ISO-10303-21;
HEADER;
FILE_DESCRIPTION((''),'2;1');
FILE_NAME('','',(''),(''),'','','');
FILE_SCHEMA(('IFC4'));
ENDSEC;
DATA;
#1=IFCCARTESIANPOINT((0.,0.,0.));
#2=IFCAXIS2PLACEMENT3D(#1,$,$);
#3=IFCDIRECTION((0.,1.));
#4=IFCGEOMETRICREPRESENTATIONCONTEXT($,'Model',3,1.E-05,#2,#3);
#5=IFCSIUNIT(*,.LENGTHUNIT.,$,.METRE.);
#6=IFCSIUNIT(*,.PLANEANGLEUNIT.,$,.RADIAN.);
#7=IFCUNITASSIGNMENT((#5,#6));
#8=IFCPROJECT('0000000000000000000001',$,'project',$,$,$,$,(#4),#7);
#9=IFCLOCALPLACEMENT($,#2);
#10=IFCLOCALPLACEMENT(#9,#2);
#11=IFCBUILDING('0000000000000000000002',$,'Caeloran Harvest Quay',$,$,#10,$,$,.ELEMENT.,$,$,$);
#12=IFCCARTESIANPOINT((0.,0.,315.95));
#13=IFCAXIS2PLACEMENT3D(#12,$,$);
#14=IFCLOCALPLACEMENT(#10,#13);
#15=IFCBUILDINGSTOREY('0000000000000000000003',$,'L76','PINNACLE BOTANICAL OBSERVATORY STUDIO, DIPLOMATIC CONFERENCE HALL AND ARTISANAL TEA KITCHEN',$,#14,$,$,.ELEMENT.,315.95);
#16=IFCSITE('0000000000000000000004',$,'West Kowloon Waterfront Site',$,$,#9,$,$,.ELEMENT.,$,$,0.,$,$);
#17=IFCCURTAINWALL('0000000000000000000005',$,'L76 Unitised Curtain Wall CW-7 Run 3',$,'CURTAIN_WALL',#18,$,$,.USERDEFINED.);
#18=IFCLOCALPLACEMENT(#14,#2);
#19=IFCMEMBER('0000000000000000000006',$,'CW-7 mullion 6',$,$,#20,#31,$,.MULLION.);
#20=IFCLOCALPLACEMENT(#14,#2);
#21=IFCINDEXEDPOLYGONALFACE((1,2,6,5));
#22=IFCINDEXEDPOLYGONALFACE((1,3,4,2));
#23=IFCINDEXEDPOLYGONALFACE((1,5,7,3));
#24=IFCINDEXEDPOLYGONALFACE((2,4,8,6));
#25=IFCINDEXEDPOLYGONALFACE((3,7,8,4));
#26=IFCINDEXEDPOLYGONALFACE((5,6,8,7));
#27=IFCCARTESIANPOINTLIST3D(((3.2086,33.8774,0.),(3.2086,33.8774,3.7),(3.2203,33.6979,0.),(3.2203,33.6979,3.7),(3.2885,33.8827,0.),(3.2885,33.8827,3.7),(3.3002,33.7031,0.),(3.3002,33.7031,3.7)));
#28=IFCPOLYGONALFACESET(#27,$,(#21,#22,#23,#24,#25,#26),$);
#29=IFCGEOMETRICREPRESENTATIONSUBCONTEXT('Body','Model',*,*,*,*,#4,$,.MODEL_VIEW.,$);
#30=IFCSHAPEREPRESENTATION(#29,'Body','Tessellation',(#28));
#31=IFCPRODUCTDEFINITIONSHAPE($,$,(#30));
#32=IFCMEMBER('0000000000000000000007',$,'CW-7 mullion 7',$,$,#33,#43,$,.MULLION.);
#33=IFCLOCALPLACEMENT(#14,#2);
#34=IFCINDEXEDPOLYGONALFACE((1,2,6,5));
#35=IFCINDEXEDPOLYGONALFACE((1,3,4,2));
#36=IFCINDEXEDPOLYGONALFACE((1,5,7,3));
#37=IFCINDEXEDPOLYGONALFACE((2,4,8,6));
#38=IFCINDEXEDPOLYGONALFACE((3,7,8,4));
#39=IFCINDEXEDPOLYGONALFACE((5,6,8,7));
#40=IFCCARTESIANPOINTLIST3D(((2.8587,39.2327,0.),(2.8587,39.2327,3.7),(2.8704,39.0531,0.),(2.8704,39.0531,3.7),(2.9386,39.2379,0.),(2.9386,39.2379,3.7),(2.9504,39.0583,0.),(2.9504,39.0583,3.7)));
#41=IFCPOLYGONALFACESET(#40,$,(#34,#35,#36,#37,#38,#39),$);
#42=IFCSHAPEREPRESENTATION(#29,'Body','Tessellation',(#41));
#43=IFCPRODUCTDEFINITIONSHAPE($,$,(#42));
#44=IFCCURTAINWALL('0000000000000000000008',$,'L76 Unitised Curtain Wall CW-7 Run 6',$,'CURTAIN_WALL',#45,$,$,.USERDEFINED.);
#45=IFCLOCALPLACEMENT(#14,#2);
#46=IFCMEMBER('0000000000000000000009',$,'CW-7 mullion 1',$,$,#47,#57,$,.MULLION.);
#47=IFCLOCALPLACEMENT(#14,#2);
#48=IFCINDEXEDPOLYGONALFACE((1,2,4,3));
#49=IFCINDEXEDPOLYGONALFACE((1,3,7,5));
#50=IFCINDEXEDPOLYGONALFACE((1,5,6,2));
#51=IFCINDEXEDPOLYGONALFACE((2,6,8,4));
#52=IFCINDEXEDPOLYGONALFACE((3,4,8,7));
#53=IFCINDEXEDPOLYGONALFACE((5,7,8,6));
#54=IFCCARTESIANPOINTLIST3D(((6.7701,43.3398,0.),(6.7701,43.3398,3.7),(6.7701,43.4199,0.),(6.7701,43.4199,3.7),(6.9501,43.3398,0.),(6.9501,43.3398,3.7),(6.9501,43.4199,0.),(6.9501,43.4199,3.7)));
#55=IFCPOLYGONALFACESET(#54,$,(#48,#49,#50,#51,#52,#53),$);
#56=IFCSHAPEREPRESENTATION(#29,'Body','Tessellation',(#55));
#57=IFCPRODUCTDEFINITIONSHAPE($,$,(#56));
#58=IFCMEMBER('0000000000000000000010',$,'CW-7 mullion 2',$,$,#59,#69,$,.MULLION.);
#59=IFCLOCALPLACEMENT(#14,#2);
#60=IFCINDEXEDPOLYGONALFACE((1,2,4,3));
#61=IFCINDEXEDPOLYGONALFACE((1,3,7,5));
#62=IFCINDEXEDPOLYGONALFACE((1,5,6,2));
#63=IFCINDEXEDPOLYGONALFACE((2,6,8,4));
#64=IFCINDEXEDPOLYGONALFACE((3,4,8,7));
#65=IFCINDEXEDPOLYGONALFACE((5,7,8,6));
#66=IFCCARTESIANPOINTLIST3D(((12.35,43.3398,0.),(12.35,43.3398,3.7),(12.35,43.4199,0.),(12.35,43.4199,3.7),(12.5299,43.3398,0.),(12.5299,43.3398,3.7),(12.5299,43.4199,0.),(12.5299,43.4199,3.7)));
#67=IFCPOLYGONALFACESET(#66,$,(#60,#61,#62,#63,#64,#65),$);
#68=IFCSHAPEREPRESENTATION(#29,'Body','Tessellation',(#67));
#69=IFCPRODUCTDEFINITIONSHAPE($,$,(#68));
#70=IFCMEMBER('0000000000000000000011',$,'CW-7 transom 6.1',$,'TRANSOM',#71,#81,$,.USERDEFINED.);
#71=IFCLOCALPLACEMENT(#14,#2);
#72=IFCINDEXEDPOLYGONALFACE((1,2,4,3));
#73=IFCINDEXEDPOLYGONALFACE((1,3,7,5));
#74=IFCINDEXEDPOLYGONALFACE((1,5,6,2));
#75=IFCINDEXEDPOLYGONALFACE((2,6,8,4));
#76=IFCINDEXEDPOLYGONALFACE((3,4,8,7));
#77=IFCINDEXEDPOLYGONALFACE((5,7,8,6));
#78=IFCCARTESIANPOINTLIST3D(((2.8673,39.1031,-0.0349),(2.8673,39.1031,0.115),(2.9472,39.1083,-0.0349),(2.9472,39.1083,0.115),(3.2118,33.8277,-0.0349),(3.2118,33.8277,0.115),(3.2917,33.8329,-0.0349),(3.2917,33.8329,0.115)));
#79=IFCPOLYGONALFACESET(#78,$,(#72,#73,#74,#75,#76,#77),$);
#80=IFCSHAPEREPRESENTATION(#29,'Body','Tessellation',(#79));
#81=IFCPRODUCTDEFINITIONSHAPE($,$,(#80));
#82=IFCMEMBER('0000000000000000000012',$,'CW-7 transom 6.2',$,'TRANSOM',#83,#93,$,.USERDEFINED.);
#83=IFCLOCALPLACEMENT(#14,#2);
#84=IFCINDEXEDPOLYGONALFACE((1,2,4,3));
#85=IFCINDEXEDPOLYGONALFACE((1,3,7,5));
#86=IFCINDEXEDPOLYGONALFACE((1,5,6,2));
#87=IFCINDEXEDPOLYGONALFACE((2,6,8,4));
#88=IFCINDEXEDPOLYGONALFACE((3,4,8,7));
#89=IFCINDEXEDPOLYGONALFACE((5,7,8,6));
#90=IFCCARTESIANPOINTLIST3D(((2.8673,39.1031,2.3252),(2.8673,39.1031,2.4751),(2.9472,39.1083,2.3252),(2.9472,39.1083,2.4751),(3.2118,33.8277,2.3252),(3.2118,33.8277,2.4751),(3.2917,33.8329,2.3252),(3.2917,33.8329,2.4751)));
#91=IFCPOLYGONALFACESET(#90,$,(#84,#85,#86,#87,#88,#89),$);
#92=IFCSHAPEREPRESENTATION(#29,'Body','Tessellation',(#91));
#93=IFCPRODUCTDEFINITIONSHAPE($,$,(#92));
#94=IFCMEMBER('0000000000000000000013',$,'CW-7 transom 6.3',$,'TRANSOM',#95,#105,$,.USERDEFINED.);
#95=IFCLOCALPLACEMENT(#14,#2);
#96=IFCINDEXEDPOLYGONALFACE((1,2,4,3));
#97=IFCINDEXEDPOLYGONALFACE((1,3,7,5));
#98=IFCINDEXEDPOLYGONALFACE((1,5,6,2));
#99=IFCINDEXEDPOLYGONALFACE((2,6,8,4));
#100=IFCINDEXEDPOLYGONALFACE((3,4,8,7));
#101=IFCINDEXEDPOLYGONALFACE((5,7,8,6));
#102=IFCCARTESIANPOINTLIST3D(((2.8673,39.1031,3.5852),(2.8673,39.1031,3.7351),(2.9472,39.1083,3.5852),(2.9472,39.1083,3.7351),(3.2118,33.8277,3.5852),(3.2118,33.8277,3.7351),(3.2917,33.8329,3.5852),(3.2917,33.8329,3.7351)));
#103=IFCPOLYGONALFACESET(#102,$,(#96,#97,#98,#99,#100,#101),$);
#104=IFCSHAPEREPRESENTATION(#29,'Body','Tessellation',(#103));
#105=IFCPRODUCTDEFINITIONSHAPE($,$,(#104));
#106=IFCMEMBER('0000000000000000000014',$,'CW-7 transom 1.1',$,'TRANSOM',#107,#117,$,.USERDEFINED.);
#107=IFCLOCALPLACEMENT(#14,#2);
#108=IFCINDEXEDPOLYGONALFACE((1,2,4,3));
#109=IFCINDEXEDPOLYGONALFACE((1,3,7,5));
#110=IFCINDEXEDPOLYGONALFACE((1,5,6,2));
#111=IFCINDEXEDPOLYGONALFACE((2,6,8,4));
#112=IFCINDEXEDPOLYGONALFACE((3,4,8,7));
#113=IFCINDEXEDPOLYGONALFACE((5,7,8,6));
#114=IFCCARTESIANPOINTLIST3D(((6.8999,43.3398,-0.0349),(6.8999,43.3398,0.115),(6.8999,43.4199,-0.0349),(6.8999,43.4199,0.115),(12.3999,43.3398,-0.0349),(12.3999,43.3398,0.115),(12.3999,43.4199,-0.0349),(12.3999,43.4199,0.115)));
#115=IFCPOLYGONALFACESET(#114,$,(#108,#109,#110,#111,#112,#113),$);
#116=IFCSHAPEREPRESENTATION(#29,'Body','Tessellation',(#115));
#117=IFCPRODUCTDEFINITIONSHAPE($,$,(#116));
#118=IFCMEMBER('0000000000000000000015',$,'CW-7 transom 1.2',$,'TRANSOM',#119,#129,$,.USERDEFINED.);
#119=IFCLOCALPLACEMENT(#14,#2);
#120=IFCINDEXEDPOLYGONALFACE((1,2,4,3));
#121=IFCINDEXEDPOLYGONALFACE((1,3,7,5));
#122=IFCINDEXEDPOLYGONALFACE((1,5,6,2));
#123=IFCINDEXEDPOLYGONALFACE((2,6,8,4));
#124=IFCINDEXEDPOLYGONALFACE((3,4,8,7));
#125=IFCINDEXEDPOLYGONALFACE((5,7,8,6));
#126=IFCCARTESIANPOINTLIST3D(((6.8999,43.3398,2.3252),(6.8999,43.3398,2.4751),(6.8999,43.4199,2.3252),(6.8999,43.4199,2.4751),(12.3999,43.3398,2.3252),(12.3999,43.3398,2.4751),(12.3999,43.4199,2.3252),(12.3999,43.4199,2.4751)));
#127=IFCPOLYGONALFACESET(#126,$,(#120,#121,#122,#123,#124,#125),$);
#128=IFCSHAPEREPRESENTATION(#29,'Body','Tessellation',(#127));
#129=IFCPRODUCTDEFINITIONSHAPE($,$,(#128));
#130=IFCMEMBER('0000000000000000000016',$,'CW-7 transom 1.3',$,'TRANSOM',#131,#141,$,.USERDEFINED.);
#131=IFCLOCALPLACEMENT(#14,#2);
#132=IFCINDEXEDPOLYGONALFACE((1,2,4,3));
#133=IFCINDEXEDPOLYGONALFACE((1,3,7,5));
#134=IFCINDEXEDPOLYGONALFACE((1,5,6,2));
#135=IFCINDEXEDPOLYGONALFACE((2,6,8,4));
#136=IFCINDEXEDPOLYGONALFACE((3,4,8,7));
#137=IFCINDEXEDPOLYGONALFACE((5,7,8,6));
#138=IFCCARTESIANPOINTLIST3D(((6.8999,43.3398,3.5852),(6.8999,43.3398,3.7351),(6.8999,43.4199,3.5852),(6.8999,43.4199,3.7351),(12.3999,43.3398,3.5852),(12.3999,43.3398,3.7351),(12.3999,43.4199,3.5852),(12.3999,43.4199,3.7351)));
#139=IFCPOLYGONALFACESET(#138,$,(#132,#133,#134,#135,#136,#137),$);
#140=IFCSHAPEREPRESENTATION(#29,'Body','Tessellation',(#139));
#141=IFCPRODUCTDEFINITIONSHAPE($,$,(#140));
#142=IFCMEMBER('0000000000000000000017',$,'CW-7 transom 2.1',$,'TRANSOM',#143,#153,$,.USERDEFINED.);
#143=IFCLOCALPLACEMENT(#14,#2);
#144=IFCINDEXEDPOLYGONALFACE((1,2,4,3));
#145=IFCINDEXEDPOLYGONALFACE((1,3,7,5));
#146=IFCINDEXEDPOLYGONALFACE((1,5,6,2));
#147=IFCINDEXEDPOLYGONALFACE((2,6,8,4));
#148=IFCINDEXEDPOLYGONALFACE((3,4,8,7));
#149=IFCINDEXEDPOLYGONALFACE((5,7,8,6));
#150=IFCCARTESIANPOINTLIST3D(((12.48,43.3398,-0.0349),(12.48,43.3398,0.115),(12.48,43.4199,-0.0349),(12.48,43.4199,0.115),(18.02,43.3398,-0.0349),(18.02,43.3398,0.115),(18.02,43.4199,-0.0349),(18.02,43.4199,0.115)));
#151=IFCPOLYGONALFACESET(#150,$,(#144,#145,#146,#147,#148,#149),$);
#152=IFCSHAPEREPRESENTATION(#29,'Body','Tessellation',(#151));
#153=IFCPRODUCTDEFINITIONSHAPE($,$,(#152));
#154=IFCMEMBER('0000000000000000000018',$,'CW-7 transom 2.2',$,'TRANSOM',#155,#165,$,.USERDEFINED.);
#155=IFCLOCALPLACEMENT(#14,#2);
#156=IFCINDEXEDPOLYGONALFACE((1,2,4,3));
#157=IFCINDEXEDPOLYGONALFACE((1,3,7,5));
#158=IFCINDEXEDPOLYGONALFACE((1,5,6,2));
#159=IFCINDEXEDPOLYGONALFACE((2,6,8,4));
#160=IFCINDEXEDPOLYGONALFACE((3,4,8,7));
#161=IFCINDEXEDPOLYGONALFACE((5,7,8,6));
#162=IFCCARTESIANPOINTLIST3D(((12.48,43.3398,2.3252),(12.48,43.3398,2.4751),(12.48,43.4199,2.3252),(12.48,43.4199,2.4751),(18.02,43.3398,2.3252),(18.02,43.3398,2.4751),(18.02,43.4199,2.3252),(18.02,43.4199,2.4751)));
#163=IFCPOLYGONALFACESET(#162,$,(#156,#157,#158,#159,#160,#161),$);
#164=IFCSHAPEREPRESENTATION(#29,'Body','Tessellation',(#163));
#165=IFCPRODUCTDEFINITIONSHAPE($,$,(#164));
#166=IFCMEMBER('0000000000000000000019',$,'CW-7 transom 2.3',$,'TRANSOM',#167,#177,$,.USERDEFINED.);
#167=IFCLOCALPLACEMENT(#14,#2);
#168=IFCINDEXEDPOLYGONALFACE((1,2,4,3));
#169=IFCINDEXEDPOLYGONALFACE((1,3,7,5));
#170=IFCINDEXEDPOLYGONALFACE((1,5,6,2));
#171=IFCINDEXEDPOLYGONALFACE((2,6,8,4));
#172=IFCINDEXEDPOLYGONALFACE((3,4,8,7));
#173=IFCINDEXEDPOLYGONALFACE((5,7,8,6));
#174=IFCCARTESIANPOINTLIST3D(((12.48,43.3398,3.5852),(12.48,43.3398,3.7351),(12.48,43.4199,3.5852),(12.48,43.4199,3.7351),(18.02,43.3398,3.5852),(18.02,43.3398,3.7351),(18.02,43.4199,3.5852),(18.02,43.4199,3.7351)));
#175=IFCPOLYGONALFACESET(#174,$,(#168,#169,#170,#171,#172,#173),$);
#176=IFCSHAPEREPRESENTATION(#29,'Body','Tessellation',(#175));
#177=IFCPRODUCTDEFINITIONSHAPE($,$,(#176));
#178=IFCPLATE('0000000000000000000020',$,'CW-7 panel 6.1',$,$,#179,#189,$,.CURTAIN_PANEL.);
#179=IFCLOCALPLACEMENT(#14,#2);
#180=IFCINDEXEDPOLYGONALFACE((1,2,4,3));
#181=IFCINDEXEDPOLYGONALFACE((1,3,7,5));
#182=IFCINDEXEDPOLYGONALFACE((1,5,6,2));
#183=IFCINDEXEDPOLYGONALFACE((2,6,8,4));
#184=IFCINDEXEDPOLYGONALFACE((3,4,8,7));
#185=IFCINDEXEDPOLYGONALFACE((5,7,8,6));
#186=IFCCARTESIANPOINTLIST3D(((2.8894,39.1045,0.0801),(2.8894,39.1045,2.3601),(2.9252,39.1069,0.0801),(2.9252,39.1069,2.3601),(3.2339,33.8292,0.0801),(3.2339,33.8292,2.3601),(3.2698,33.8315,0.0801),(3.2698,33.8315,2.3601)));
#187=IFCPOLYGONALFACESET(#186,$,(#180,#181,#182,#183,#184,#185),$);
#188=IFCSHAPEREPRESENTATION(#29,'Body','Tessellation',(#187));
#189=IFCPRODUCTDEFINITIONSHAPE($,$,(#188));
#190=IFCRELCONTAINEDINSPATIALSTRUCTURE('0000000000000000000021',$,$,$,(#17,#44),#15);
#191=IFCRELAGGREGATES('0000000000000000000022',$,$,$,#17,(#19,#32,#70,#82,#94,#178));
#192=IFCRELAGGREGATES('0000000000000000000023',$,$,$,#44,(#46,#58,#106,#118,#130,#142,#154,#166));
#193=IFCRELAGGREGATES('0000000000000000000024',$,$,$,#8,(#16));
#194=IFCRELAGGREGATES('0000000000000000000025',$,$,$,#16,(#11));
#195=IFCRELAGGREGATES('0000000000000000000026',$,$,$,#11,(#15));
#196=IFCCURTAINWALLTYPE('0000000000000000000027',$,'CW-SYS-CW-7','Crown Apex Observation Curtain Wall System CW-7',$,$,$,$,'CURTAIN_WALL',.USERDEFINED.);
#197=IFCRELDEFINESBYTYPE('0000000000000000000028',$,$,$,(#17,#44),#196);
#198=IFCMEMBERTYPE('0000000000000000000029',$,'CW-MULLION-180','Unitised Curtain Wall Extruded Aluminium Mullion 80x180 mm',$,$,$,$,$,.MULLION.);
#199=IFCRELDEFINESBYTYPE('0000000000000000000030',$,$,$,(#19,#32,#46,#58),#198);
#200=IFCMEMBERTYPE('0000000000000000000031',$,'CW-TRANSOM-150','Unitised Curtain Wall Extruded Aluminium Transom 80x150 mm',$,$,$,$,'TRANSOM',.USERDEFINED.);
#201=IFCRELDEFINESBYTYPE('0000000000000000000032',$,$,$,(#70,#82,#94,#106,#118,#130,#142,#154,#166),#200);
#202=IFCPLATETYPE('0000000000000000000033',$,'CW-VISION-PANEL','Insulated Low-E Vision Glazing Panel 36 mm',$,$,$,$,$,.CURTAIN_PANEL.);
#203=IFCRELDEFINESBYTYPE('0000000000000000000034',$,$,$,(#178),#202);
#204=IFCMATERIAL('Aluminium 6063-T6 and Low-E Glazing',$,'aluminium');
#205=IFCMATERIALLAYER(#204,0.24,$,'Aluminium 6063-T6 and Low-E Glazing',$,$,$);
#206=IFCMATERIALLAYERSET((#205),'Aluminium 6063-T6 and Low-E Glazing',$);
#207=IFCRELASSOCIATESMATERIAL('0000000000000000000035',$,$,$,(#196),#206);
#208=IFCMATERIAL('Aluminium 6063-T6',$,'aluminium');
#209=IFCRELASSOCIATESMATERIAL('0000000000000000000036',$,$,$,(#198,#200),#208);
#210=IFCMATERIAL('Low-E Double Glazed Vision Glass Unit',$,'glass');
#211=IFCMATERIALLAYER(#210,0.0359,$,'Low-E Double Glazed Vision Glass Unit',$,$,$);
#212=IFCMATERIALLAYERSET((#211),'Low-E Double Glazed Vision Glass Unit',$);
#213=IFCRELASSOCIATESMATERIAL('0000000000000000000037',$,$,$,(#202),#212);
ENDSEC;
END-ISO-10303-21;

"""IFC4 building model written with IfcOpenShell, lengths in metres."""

from ifc_helpers import new_model, si_unit, direction, frame, origin, origin_2d, place, context, subcontext, project, spatial, rectangle, extrude, material, layer, layer_set, material_profile, profile_set, type_object, element, aggregate, save


model = new_model("IFC4")

# Units and contexts
model_context = context("Model", 3, precision=1e-05, world=origin(), true_north=direction((0.0, 1.0)))
body_context = subcontext(model_context, "Body", "Model", "MODEL_VIEW")
ifc_project = project(units=[si_unit("LENGTHUNIT", "METRE"), si_unit("PLANEANGLEUNIT", "RADIAN")], contexts=[model_context])

# Site, building, storey
site_placement = place(None, origin())
site = spatial("IfcSite", under=ifc_project, at=site_placement, Name="West Kowloon Waterfront Site", CompositionType="ELEMENT", RefElevation=0.0)
building_placement = place(site_placement, origin())
building = spatial("IfcBuilding", under=site, at=building_placement, Name="Caeloran Harvest Quay", CompositionType="ELEMENT")
storey_placement = place(building_placement, frame((0.0, 0.0, 315.95)))
storey = spatial("IfcBuildingStorey", under=building, at=storey_placement, Name="L76", Description="PINNACLE BOTANICAL OBSERVATORY STUDIO, DIPLOMATIC CONFERENCE HALL AND ARTISANAL TEA KITCHEN", CompositionType="ELEMENT", Elevation=315.95)

# Curtain walls, members
ifc_material_1 = material(Name="Aluminium 6063-T6 and Low-E Glazing", Category="aluminium")
ifc_layer_1 = layer(ifc_material_1, 0.24, Name="Aluminium 6063-T6 and Low-E Glazing")
ifc_layer_set_1 = layer_set([ifc_layer_1], Name="Aluminium 6063-T6 and Low-E Glazing")
curtain_wall_type = type_object("IfcCurtainWallType", Name="CW-SYS-CW-7", Description="Crown Apex Observation Curtain Wall System CW-7", ElementType="CURTAIN_WALL", PredefinedType="USERDEFINED", material=ifc_layer_set_1)
curtain_wall_1_placement = place(storey_placement, origin())
curtain_wall_1 = element("IfcCurtainWall", 1, at=curtain_wall_1_placement, inside=storey, type_object=curtain_wall_type, Name="L76 Unitised Curtain Wall CW-7 Run 3", ObjectType="CURTAIN_WALL", PredefinedType="USERDEFINED")
ifc_material_2 = material(Name="Aluminium 6063-T6", Category="aluminium")
ifc_material_profile_1 = material_profile(ifc_material_2, rectangle(XDim=0.0801, YDim=0.1799, at=origin_2d()), Name="CW-MULLION-180")
ifc_profile_set_1 = profile_set([ifc_material_profile_1], Name="Aluminium 6063-T6")
member_type_1 = type_object("IfcMemberType", Name="CW-MULLION-180", Description="Unitised Curtain Wall Extruded Aluminium Mullion 80x180 mm", PredefinedType="MULLION", material=ifc_profile_set_1)
member_1_placement = place(storey_placement, frame((3.2544, 33.7903, 0.0), z_axis=(0.0, 0.0, 1.0), x_axis=(-0.997874, -0.065167, 0.0)))
member_1 = element("IfcMember", 2, at=member_1_placement, type_object=member_type_1, Name="CW-7 mullion 6", PredefinedType="MULLION", context=body_context, shape_type="SweptSolid", body=[
    extrude(rectangle(XDim=0.0801, YDim=0.1799, at=origin_2d()), origin(), (0.0, 0.0, 1.0), 3.7),
])
member_2_placement = place(storey_placement, frame((2.9045, 39.1455, 0.0), z_axis=(0.0, 0.0, 1.0), x_axis=(-0.997874, -0.065167, 0.0)))
member_2 = element("IfcMember", 3, at=member_2_placement, type_object=member_type_1, Name="CW-7 mullion 7", PredefinedType="MULLION", context=body_context, shape_type="SweptSolid", body=[
    extrude(rectangle(XDim=0.0801, YDim=0.1799, at=origin_2d()), origin(), (0.0, 0.0, 1.0), 3.7),
])
curtain_wall_2_placement = place(storey_placement, origin())
curtain_wall_2 = element("IfcCurtainWall", 4, at=curtain_wall_2_placement, inside=storey, type_object=curtain_wall_type, Name="L76 Unitised Curtain Wall CW-7 Run 6", ObjectType="CURTAIN_WALL", PredefinedType="USERDEFINED")
member_3_placement = place(storey_placement, frame((6.8601, 43.3799, 0.0), z_axis=(0.0, 0.0, 1.0), x_axis=(0.0, 1.0, 0.0)))
member_3 = element("IfcMember", 5, at=member_3_placement, type_object=member_type_1, Name="CW-7 mullion 1", PredefinedType="MULLION", context=body_context, shape_type="SweptSolid", body=[
    extrude(rectangle(XDim=0.0801, YDim=0.1799, at=origin_2d()), origin(), (0.0, 0.0, 1.0), 3.7),
])
member_4_placement = place(storey_placement, frame((12.4399, 43.3799, 0.0), z_axis=(0.0, 0.0, 1.0), x_axis=(0.0, 1.0, 0.0)))
member_4 = element("IfcMember", 6, at=member_4_placement, type_object=member_type_1, Name="CW-7 mullion 2", PredefinedType="MULLION", context=body_context, shape_type="SweptSolid", body=[
    extrude(rectangle(XDim=0.0801, YDim=0.1799, at=origin_2d()), origin(), (0.0, 0.0, 1.0), 3.7),
])

# Members
ifc_material_profile_2 = material_profile(ifc_material_2, rectangle(XDim=0.0801, YDim=0.1499, at=origin_2d()), Name="CW-TRANSOM-150")
ifc_profile_set_2 = profile_set([ifc_material_profile_2], Name="Aluminium 6063-T6")
member_type_2 = type_object("IfcMemberType", Name="CW-TRANSOM-150", Description="Unitised Curtain Wall Extruded Aluminium Transom 80x150 mm", ElementType="TRANSOM", PredefinedType="USERDEFINED", material=ifc_profile_set_2)
member_5_placement = place(storey_placement, frame((3.2517, 33.8303, 0.04), z_axis=(-0.065161, 0.997875, 0.0), x_axis=(-0.997875, -0.065161, 0.0)))
member_5 = element("IfcMember", 7, at=member_5_placement, type_object=member_type_2, Name="CW-7 transom 6.1", ObjectType="TRANSOM", PredefinedType="USERDEFINED", context=body_context, shape_type="SweptSolid", body=[
    extrude(rectangle(XDim=0.0801, YDim=0.1499, at=origin_2d()), origin(), (0.0, 0.0, 1.0), 5.2866),
])
member_6_placement = place(storey_placement, frame((3.2517, 33.8303, 2.4001), z_axis=(-0.065161, 0.997875, 0.0), x_axis=(-0.997875, -0.065161, 0.0)))
member_6 = element("IfcMember", 8, at=member_6_placement, type_object=member_type_2, Name="CW-7 transom 6.2", ObjectType="TRANSOM", PredefinedType="USERDEFINED", context=body_context, shape_type="SweptSolid", body=[
    extrude(rectangle(XDim=0.0801, YDim=0.1499, at=origin_2d()), origin(), (0.0, 0.0, 1.0), 5.2866),
])
member_7_placement = place(storey_placement, frame((3.2517, 33.8303, 3.6602), z_axis=(-0.065161, 0.997875, 0.0), x_axis=(-0.997875, -0.065161, 0.0)))
member_7 = element("IfcMember", 9, at=member_7_placement, type_object=member_type_2, Name="CW-7 transom 6.3", ObjectType="TRANSOM", PredefinedType="USERDEFINED", context=body_context, shape_type="SweptSolid", body=[
    extrude(rectangle(XDim=0.0801, YDim=0.1499, at=origin_2d()), origin(), (0.0, 0.0, 1.0), 5.2866),
])
member_8_placement = place(storey_placement, frame((6.8999, 43.3799, 0.04), z_axis=(1.0, 0.0, 0.0), x_axis=(0.0, 1.0, 0.0)))
member_8 = element("IfcMember", 10, at=member_8_placement, type_object=member_type_2, Name="CW-7 transom 1.1", ObjectType="TRANSOM", PredefinedType="USERDEFINED", context=body_context, shape_type="SweptSolid", body=[
    extrude(rectangle(XDim=0.0801, YDim=0.1499, at=origin_2d()), origin(), (0.0, 0.0, 1.0), 5.5),
])
member_9_placement = place(storey_placement, frame((6.8999, 43.3799, 2.4001), z_axis=(1.0, 0.0, 0.0), x_axis=(0.0, 1.0, 0.0)))
member_9 = element("IfcMember", 11, at=member_9_placement, type_object=member_type_2, Name="CW-7 transom 1.2", ObjectType="TRANSOM", PredefinedType="USERDEFINED", context=body_context, shape_type="SweptSolid", body=[
    extrude(rectangle(XDim=0.0801, YDim=0.1499, at=origin_2d()), origin(), (0.0, 0.0, 1.0), 5.5),
])
member_10_placement = place(storey_placement, frame((6.8999, 43.3799, 3.6602), z_axis=(1.0, 0.0, 0.0), x_axis=(0.0, 1.0, 0.0)))
member_10 = element("IfcMember", 12, at=member_10_placement, type_object=member_type_2, Name="CW-7 transom 1.3", ObjectType="TRANSOM", PredefinedType="USERDEFINED", context=body_context, shape_type="SweptSolid", body=[
    extrude(rectangle(XDim=0.0801, YDim=0.1499, at=origin_2d()), origin(), (0.0, 0.0, 1.0), 5.5),
])
member_11_placement = place(storey_placement, frame((12.48, 43.3799, 0.04), z_axis=(1.0, 0.0, 0.0), x_axis=(0.0, 1.0, 0.0)))
member_11 = element("IfcMember", 13, at=member_11_placement, type_object=member_type_2, Name="CW-7 transom 2.1", ObjectType="TRANSOM", PredefinedType="USERDEFINED", context=body_context, shape_type="SweptSolid", body=[
    extrude(rectangle(XDim=0.0801, YDim=0.1499, at=origin_2d()), origin(), (0.0, 0.0, 1.0), 5.54),
])
member_12_placement = place(storey_placement, frame((12.48, 43.3799, 2.4001), z_axis=(1.0, 0.0, 0.0), x_axis=(0.0, 1.0, 0.0)))
member_12 = element("IfcMember", 14, at=member_12_placement, type_object=member_type_2, Name="CW-7 transom 2.2", ObjectType="TRANSOM", PredefinedType="USERDEFINED", context=body_context, shape_type="SweptSolid", body=[
    extrude(rectangle(XDim=0.0801, YDim=0.1499, at=origin_2d()), origin(), (0.0, 0.0, 1.0), 5.54),
])
member_13_placement = place(storey_placement, frame((12.48, 43.3799, 3.6602), z_axis=(1.0, 0.0, 0.0), x_axis=(0.0, 1.0, 0.0)))
member_13 = element("IfcMember", 15, at=member_13_placement, type_object=member_type_2, Name="CW-7 transom 2.3", ObjectType="TRANSOM", PredefinedType="USERDEFINED", context=body_context, shape_type="SweptSolid", body=[
    extrude(rectangle(XDim=0.0801, YDim=0.1499, at=origin_2d()), origin(), (0.0, 0.0, 1.0), 5.54),
])

# Plate
ifc_material_3 = material(Name="Low-E Double Glazed Vision Glass Unit", Category="glass")
ifc_layer_2 = layer(ifc_material_3, 0.0359, Name="Low-E Double Glazed Vision Glass Unit")
ifc_layer_set_2 = layer_set([ifc_layer_2], Name="Low-E Double Glazed Vision Glass Unit")
plate_type = type_object("IfcPlateType", Name="CW-VISION-PANEL", Description="Insulated Low-E Vision Glazing Panel 36 mm", PredefinedType="CURTAIN_PANEL", material=ifc_layer_set_2)
plate_1_placement = place(storey_placement, frame((3.0796, 36.468, 0.0801), z_axis=(0.0, 0.0, 1.0), x_axis=(-0.065167, 0.997874, 0.0)))
plate_1 = element("IfcPlate", 16, at=plate_1_placement, type_object=plate_type, Name="CW-7 panel 6.1", PredefinedType="CURTAIN_PANEL", context=body_context, shape_type="SweptSolid", body=[
    extrude(rectangle(XDim=5.2866, YDim=0.0359, at=origin_2d()), origin(), (0.0, 0.0, 1.0), 2.28),
])
aggregate(curtain_wall_1, [member_1, member_2, member_5, member_6, member_7, plate_1])
aggregate(curtain_wall_2, [member_3, member_4, member_8, member_9, member_10, member_11, member_12, member_13])

save(model, "model.ifc")
